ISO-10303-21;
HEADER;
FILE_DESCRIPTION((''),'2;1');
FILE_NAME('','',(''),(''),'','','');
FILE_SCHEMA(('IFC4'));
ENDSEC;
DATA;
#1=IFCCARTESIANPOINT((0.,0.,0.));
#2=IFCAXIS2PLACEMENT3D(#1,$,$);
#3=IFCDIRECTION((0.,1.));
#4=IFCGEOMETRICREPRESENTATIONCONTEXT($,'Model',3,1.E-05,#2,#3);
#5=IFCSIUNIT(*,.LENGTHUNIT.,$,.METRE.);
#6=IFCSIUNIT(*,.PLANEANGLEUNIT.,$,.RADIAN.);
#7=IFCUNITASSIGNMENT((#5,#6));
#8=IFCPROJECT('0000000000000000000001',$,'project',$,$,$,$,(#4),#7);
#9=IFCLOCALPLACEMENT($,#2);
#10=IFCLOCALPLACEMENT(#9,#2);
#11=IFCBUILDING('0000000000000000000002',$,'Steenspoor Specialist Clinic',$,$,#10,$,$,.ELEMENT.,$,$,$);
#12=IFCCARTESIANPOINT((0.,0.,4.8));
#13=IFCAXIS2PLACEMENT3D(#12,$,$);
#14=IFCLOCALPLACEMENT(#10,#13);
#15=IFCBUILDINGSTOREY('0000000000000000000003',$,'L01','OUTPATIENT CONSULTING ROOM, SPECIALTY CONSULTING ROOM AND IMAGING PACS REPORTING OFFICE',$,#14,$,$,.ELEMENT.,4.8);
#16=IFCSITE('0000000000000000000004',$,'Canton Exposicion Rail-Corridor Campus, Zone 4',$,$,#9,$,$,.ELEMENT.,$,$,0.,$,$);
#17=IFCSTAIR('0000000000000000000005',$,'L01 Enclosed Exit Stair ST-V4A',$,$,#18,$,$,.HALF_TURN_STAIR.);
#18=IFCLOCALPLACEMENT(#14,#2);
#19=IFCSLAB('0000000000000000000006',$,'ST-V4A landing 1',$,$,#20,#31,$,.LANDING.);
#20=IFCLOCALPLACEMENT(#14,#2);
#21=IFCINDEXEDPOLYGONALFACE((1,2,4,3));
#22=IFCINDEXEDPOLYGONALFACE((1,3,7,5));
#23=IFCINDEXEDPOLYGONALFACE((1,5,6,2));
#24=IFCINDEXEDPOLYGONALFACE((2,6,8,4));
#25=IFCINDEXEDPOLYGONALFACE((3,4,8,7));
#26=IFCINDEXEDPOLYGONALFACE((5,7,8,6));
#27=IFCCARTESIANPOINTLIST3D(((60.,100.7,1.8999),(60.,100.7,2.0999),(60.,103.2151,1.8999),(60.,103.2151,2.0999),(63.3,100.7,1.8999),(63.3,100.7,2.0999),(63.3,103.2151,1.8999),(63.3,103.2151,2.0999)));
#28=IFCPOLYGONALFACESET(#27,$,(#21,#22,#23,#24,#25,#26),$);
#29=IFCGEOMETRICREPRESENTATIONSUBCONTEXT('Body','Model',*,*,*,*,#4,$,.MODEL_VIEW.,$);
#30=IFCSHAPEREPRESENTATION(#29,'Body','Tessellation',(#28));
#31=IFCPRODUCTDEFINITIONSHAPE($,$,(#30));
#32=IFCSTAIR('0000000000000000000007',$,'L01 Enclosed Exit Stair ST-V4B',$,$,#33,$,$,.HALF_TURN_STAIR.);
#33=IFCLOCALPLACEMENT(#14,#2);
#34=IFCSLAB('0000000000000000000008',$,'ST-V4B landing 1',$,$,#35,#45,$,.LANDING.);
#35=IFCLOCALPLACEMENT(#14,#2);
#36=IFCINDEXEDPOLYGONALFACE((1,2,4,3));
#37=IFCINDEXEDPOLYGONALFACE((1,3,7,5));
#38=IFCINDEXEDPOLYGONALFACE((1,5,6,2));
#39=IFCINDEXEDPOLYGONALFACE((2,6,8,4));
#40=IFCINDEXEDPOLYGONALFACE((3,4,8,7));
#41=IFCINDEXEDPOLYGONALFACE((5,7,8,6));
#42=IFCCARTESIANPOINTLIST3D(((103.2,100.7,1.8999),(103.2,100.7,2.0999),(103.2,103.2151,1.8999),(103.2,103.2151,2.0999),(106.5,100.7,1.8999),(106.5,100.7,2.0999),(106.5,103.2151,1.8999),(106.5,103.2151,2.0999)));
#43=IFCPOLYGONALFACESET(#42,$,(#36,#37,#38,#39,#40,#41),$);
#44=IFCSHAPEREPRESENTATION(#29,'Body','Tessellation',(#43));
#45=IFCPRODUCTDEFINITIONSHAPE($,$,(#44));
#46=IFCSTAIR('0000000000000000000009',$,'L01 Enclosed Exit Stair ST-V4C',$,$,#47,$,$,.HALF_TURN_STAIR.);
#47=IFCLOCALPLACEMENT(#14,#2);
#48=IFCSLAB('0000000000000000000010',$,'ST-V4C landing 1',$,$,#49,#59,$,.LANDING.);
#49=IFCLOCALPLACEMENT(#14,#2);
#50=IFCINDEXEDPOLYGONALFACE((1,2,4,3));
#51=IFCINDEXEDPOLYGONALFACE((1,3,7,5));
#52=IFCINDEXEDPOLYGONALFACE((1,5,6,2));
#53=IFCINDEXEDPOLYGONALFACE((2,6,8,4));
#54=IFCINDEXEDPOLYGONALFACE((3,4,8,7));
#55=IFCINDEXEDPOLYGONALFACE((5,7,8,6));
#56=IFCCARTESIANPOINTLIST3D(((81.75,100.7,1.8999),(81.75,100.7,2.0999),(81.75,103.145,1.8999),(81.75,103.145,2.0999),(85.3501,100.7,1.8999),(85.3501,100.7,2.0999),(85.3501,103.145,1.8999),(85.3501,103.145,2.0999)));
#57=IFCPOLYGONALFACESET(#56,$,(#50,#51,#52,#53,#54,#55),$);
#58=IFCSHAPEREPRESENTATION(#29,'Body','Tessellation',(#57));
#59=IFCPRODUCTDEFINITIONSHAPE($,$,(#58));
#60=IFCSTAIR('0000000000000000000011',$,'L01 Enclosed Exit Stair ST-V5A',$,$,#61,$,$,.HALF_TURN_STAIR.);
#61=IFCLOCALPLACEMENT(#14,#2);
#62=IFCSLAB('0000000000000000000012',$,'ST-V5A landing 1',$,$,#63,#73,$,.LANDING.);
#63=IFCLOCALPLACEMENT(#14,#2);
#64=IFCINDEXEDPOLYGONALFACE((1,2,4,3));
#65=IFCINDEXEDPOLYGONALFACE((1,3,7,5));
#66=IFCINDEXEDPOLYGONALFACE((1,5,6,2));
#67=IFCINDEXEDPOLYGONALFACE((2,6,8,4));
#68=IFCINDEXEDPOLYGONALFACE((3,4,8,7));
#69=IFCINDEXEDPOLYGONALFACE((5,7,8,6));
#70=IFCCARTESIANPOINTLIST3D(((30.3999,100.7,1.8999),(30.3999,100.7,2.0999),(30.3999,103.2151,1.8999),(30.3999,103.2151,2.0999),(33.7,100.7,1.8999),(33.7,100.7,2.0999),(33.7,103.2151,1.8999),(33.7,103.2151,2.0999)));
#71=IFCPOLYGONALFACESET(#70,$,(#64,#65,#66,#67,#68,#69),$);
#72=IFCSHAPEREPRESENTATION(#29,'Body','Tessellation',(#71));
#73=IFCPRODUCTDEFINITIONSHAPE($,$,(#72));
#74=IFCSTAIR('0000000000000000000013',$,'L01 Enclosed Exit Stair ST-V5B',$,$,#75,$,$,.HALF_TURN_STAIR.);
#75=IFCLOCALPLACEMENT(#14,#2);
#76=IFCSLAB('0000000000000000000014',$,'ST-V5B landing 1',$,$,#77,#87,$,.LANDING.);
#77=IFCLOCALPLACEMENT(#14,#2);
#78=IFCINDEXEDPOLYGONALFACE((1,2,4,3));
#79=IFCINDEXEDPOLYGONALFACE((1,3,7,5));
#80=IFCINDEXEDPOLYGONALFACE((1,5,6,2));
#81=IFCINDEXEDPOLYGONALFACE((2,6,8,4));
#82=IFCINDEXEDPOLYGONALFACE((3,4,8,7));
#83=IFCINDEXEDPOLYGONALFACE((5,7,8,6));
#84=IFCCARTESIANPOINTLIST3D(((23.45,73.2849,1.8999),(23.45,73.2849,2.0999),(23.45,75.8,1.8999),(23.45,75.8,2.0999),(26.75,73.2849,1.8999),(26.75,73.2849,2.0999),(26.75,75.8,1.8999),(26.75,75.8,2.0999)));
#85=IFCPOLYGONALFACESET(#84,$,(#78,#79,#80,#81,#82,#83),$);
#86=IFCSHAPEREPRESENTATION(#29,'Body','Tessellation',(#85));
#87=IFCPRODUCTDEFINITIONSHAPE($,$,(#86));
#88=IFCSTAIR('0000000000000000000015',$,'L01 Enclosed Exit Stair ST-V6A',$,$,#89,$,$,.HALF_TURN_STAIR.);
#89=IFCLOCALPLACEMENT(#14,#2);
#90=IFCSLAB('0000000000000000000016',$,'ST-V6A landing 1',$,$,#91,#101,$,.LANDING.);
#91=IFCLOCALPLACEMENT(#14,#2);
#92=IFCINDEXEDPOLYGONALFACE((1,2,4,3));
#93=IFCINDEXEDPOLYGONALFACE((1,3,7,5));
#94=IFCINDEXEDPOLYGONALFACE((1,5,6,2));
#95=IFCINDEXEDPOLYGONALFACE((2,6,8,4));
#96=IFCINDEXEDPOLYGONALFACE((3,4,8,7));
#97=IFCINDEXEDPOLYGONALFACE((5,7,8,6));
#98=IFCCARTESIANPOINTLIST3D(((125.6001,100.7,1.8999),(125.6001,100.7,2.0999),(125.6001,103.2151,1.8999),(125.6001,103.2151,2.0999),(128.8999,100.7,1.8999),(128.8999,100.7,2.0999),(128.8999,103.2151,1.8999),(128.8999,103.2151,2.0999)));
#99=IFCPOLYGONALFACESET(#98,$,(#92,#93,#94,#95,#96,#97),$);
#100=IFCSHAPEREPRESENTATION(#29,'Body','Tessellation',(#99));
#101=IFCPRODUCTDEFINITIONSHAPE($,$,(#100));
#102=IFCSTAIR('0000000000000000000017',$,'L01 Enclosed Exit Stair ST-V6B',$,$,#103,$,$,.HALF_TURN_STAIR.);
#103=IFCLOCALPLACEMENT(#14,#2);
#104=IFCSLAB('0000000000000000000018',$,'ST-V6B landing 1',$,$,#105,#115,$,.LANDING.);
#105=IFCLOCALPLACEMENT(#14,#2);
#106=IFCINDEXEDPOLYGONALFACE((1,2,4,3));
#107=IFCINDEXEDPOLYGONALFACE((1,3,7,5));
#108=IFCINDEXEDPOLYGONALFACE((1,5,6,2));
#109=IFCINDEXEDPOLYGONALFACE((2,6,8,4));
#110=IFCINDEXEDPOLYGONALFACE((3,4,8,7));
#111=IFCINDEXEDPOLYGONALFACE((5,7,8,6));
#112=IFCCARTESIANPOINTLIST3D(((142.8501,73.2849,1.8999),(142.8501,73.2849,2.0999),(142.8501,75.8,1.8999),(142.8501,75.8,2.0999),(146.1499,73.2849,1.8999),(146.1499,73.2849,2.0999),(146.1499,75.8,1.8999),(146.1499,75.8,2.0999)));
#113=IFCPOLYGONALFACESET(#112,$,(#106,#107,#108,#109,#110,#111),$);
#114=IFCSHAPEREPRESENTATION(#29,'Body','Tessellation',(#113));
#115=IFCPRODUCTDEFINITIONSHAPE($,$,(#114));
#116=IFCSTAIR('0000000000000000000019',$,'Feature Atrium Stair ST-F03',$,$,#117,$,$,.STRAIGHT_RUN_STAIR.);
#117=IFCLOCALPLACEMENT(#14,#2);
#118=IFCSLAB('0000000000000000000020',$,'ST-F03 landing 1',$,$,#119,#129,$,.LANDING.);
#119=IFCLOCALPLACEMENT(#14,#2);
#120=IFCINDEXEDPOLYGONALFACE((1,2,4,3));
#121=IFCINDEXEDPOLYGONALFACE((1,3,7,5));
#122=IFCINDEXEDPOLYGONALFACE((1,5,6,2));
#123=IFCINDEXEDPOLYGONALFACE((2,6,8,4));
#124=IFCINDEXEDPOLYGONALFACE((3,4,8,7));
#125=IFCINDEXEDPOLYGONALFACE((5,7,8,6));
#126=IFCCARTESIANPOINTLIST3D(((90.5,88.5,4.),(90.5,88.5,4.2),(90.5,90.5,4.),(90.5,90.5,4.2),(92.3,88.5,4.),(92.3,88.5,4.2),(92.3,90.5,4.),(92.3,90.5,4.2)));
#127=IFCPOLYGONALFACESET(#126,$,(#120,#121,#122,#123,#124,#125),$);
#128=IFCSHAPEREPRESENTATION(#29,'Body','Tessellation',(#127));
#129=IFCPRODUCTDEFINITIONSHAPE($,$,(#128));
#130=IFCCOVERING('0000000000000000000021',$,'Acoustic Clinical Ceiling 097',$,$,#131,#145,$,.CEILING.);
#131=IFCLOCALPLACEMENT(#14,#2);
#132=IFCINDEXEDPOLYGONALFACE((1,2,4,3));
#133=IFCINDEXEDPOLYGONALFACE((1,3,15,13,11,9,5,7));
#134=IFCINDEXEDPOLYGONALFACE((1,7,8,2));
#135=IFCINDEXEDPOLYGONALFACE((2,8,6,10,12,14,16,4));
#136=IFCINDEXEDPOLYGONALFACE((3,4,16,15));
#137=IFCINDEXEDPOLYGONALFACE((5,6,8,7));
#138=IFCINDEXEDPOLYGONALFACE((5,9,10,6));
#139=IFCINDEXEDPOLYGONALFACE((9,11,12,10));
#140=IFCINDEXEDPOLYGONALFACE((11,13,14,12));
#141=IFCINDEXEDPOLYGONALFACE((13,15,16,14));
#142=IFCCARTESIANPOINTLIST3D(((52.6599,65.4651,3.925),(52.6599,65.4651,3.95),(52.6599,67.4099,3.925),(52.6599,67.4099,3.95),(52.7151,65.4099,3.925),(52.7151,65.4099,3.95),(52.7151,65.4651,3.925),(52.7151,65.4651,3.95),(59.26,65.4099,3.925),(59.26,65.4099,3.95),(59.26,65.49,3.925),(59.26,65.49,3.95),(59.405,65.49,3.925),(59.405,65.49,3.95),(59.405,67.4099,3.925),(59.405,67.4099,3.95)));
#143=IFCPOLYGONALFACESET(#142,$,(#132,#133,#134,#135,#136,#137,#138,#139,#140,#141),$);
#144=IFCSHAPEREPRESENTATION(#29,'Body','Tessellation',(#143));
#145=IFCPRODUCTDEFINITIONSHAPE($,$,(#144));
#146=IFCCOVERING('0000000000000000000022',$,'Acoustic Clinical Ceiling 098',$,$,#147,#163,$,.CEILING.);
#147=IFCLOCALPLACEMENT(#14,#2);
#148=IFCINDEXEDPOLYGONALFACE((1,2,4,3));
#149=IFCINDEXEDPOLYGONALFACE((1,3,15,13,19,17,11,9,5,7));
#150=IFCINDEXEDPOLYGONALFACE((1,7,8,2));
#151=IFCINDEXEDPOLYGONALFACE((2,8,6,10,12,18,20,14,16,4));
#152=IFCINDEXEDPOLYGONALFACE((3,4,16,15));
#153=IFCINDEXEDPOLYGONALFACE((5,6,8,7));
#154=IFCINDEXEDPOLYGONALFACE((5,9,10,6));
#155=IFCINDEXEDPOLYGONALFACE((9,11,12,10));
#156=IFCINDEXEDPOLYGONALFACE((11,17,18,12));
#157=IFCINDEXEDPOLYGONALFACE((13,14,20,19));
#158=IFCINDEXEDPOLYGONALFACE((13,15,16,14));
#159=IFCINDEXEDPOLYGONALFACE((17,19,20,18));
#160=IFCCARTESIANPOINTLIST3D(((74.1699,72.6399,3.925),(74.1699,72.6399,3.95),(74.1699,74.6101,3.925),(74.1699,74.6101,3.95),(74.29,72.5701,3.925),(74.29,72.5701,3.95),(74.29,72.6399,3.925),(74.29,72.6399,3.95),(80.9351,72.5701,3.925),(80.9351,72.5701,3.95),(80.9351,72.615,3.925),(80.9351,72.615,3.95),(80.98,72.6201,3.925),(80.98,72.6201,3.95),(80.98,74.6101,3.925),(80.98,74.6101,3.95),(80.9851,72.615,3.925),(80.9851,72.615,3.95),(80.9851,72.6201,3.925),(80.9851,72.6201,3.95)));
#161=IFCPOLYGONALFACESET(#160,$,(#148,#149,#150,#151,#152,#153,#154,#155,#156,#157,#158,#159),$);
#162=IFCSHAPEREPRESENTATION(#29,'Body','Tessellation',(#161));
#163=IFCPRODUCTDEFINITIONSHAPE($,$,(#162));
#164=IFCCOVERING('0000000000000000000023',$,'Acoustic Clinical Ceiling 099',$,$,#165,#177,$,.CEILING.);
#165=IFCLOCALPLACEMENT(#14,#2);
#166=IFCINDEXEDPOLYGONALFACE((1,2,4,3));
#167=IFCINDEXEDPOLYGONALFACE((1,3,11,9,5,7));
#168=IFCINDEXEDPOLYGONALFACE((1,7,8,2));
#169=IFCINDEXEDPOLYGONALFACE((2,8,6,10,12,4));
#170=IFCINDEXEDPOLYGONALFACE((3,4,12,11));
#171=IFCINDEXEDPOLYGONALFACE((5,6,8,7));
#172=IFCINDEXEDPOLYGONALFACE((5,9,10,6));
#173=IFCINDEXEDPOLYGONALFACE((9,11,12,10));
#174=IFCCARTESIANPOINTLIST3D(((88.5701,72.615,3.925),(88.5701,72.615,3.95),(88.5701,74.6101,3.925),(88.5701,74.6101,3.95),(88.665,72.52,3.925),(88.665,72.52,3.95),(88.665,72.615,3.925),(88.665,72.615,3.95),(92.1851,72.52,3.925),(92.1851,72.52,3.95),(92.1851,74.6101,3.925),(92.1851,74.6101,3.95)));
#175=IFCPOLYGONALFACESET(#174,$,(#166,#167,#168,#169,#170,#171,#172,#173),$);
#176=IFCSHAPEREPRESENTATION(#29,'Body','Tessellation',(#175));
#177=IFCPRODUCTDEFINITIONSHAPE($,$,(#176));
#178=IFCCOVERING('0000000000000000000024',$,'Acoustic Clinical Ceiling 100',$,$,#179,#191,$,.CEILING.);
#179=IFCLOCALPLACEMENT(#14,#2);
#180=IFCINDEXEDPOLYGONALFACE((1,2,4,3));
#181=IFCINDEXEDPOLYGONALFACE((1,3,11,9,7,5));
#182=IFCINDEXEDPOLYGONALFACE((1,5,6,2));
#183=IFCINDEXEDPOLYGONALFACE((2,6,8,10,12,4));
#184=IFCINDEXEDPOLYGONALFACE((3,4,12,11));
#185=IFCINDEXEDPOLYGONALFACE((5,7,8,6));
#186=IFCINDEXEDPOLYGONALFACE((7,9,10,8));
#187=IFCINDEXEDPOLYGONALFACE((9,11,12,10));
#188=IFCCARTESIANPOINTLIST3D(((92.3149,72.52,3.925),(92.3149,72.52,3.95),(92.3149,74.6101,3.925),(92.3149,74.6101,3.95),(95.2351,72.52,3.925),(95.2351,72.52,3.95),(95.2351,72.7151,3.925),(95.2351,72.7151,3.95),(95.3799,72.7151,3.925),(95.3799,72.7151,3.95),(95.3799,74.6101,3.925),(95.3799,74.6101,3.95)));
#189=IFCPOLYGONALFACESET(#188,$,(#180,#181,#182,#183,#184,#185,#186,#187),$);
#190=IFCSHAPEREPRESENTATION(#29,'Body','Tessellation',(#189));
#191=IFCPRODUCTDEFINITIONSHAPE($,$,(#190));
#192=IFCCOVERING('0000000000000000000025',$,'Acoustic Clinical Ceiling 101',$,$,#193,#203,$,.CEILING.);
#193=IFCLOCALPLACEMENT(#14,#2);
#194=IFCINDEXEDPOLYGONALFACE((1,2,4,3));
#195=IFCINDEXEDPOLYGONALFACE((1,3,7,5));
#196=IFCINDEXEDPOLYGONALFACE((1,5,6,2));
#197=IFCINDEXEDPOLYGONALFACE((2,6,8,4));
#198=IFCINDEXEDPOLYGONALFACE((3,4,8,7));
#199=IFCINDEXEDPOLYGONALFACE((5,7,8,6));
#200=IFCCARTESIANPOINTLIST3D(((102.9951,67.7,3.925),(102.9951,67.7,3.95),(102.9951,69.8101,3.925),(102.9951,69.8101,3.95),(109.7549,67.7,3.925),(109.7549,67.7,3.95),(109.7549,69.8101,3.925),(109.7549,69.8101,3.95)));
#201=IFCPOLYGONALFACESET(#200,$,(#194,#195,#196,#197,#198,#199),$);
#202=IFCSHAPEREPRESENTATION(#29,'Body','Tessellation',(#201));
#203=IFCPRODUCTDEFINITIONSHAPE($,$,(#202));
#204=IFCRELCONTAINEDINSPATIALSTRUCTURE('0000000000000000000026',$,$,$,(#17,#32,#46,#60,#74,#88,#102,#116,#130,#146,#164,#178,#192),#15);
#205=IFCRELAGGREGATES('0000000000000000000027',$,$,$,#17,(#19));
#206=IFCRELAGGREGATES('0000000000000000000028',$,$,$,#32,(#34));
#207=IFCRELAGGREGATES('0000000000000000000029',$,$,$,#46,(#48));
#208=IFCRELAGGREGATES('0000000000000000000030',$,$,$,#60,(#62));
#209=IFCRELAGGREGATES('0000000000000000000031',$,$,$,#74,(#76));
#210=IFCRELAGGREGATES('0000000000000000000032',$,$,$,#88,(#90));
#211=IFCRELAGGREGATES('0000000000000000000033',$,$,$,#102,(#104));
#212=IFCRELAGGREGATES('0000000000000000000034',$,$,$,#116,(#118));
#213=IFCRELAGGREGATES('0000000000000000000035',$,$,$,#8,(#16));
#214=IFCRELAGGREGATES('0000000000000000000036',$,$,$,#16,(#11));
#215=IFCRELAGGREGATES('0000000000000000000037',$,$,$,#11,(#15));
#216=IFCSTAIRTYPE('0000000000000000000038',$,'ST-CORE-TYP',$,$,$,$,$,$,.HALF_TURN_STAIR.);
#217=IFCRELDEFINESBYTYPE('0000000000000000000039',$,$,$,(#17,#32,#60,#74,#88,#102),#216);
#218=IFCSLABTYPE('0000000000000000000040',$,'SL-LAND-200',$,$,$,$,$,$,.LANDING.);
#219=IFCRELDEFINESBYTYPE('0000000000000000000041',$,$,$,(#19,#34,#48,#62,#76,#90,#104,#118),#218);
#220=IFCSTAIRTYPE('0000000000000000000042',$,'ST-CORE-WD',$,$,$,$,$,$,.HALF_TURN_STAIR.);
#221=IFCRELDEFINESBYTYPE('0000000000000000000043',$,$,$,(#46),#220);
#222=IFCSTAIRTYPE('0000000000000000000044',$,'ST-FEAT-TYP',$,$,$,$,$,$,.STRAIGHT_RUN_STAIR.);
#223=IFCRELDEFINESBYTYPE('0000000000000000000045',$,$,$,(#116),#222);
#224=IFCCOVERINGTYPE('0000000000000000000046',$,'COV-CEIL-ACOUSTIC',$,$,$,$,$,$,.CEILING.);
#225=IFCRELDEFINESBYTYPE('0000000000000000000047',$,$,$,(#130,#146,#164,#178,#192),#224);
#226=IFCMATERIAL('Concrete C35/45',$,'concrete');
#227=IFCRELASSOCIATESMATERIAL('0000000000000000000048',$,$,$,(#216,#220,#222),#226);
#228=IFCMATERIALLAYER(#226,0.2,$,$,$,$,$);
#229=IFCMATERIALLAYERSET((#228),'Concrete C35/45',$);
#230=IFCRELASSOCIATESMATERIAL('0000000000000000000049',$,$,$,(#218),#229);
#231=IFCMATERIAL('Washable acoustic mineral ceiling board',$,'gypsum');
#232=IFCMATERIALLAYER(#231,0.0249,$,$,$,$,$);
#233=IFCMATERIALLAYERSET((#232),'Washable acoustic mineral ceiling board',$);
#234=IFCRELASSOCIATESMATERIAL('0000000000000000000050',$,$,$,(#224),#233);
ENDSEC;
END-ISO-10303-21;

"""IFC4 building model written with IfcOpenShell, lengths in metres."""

from ifc_helpers import new_model, si_unit, direction, frame, origin, place, context, subcontext, project, spatial, polyline, outline, extrude, material, layer, layer_set, type_object, element, aggregate, save


model = new_model("IFC4")

# Units and contexts
model_context = context("Model", 3, precision=1e-05, world=origin(), true_north=direction((0.0, 1.0)))
body_context = subcontext(model_context, "Body", "Model", "MODEL_VIEW")
ifc_project = project(units=[si_unit("LENGTHUNIT", "METRE"), si_unit("PLANEANGLEUNIT", "RADIAN")], contexts=[model_context])

# Site, building, storey
site_placement = place(None, origin())
site = spatial("IfcSite", under=ifc_project, at=site_placement, Name="Canton Exposicion Rail-Corridor Campus, Zone 4", CompositionType="ELEMENT", RefElevation=0.0)
building_placement = place(site_placement, origin())
building = spatial("IfcBuilding", under=site, at=building_placement, Name="Steenspoor Specialist Clinic", CompositionType="ELEMENT")
storey_placement = place(building_placement, frame((0.0, 0.0, 4.8)))
storey = spatial("IfcBuildingStorey", under=building, at=storey_placement, Name="L01", Description="OUTPATIENT CONSULTING ROOM, SPECIALTY CONSULTING ROOM AND IMAGING PACS REPORTING OFFICE", CompositionType="ELEMENT", Elevation=4.8)

# Stairs, slabs
ifc_material_1 = material(Name="Concrete C35/45", Category="concrete")
stair_type_1 = type_object("IfcStairType", Name="ST-CORE-TYP", PredefinedType="HALF_TURN_STAIR", material=ifc_material_1)
stair_1_placement = place(storey_placement, origin())
stair_1 = element("IfcStair", 1, at=stair_1_placement, inside=storey, type_object=stair_type_1, Name="L01 Enclosed Exit Stair ST-V4A", PredefinedType="HALF_TURN_STAIR")
ifc_layer_1 = layer(ifc_material_1, 0.2)
ifc_layer_set_1 = layer_set([ifc_layer_1], Name="Concrete C35/45")
slab_type = type_object("IfcSlabType", Name="SL-LAND-200", PredefinedType="LANDING", material=ifc_layer_set_1)
slab_1_placement = place(storey_placement, frame((0.0, 0.0, 1.8999)))
slab_1 = element("IfcSlab", 2, at=slab_1_placement, type_object=slab_type, Name="ST-V4A landing 1", PredefinedType="LANDING", context=body_context, shape_type="SweptSolid", body=[
    extrude(outline(polyline([(60.0, 103.2151), (60.0, 100.7), (63.3, 100.7), (63.3, 103.2151), (60.0, 103.2151)])), origin(), (0.0, 0.0, 1.0), 0.2),
])
aggregate(stair_1, [slab_1])
stair_2_placement = place(storey_placement, origin())
stair_2 = element("IfcStair", 3, at=stair_2_placement, inside=storey, type_object=stair_type_1, Name="L01 Enclosed Exit Stair ST-V4B", PredefinedType="HALF_TURN_STAIR")
slab_2_placement = place(storey_placement, frame((0.0, 0.0, 1.8999)))
slab_2 = element("IfcSlab", 4, at=slab_2_placement, type_object=slab_type, Name="ST-V4B landing 1", PredefinedType="LANDING", context=body_context, shape_type="SweptSolid", body=[
    extrude(outline(polyline([(103.2, 103.2151), (103.2, 100.7), (106.5, 100.7), (106.5, 103.2151), (103.2, 103.2151)])), origin(), (0.0, 0.0, 1.0), 0.2),
])
aggregate(stair_2, [slab_2])
stair_type_2 = type_object("IfcStairType", Name="ST-CORE-WD", PredefinedType="HALF_TURN_STAIR", material=ifc_material_1)
stair_3_placement = place(storey_placement, origin())
stair_3 = element("IfcStair", 5, at=stair_3_placement, inside=storey, type_object=stair_type_2, Name="L01 Enclosed Exit Stair ST-V4C", PredefinedType="HALF_TURN_STAIR")
slab_3_placement = place(storey_placement, frame((0.0, 0.0, 1.8999)))
slab_3 = element("IfcSlab", 6, at=slab_3_placement, type_object=slab_type, Name="ST-V4C landing 1", PredefinedType="LANDING", context=body_context, shape_type="SweptSolid", body=[
    extrude(outline(polyline([(81.75, 103.145), (81.75, 100.7), (85.3501, 100.7), (85.3501, 103.145), (81.75, 103.145)])), origin(), (0.0, 0.0, 1.0), 0.2),
])
aggregate(stair_3, [slab_3])
stair_4_placement = place(storey_placement, origin())
stair_4 = element("IfcStair", 7, at=stair_4_placement, inside=storey, type_object=stair_type_1, Name="L01 Enclosed Exit Stair ST-V5A", PredefinedType="HALF_TURN_STAIR")
slab_4_placement = place(storey_placement, frame((0.0, 0.0, 1.8999)))
slab_4 = element("IfcSlab", 8, at=slab_4_placement, type_object=slab_type, Name="ST-V5A landing 1", PredefinedType="LANDING", context=body_context, shape_type="SweptSolid", body=[
    extrude(outline(polyline([(30.3999, 103.2151), (30.3999, 100.7), (33.7, 100.7), (33.7, 103.2151), (30.3999, 103.2151)])), origin(), (0.0, 0.0, 1.0), 0.2),
])
aggregate(stair_4, [slab_4])
stair_5_placement = place(storey_placement, origin())
stair_5 = element("IfcStair", 9, at=stair_5_placement, inside=storey, type_object=stair_type_1, Name="L01 Enclosed Exit Stair ST-V5B", PredefinedType="HALF_TURN_STAIR")
slab_5_placement = place(storey_placement, frame((0.0, 0.0, 1.8999)))
slab_5 = element("IfcSlab", 10, at=slab_5_placement, type_object=slab_type, Name="ST-V5B landing 1", PredefinedType="LANDING", context=body_context, shape_type="SweptSolid", body=[
    extrude(outline(polyline([(26.75, 73.2849), (26.75, 75.8), (23.45, 75.8), (23.45, 73.2849), (26.75, 73.2849)])), origin(), (0.0, 0.0, 1.0), 0.2),
])
aggregate(stair_5, [slab_5])
stair_6_placement = place(storey_placement, origin())
stair_6 = element("IfcStair", 11, at=stair_6_placement, inside=storey, type_object=stair_type_1, Name="L01 Enclosed Exit Stair ST-V6A", PredefinedType="HALF_TURN_STAIR")
slab_6_placement = place(storey_placement, frame((0.0, 0.0, 1.8999)))
slab_6 = element("IfcSlab", 12, at=slab_6_placement, type_object=slab_type, Name="ST-V6A landing 1", PredefinedType="LANDING", context=body_context, shape_type="SweptSolid", body=[
    extrude(outline(polyline([(125.6001, 103.2151), (125.6001, 100.7), (128.8999, 100.7), (128.8999, 103.2151), (125.6001, 103.2151)])), origin(), (0.0, 0.0, 1.0), 0.2),
])
aggregate(stair_6, [slab_6])
stair_7_placement = place(storey_placement, origin())
stair_7 = element("IfcStair", 13, at=stair_7_placement, inside=storey, type_object=stair_type_1, Name="L01 Enclosed Exit Stair ST-V6B", PredefinedType="HALF_TURN_STAIR")
slab_7_placement = place(storey_placement, frame((0.0, 0.0, 1.8999)))
slab_7 = element("IfcSlab", 14, at=slab_7_placement, type_object=slab_type, Name="ST-V6B landing 1", PredefinedType="LANDING", context=body_context, shape_type="SweptSolid", body=[
    extrude(outline(polyline([(146.1499, 73.2849), (146.1499, 75.8), (142.8501, 75.8), (142.8501, 73.2849), (146.1499, 73.2849)])), origin(), (0.0, 0.0, 1.0), 0.2),
])
aggregate(stair_7, [slab_7])
stair_type_3 = type_object("IfcStairType", Name="ST-FEAT-TYP", PredefinedType="STRAIGHT_RUN_STAIR", material=ifc_material_1)
stair_8_placement = place(storey_placement, origin())
stair_8 = element("IfcStair", 15, at=stair_8_placement, inside=storey, type_object=stair_type_3, Name="Feature Atrium Stair ST-F03", PredefinedType="STRAIGHT_RUN_STAIR")
slab_8_placement = place(storey_placement, frame((0.0, 0.0, 4.0)))
slab_8 = element("IfcSlab", 16, at=slab_8_placement, type_object=slab_type, Name="ST-F03 landing 1", PredefinedType="LANDING", context=body_context, shape_type="SweptSolid", body=[
    extrude(outline(polyline([(90.5, 88.5), (92.3, 88.5), (92.3, 90.5), (90.5, 90.5), (90.5, 88.5)])), origin(), (0.0, 0.0, 1.0), 0.2),
])
aggregate(stair_8, [slab_8])

# Coverings
ifc_material_2 = material(Name="Washable acoustic mineral ceiling board", Category="gypsum")
ifc_layer_2 = layer(ifc_material_2, 0.0249)
ifc_layer_set_2 = layer_set([ifc_layer_2], Name="Washable acoustic mineral ceiling board")
covering_type_1 = type_object("IfcCoveringType", Name="COV-CEIL-ACOUSTIC", PredefinedType="CEILING", material=ifc_layer_set_2)
covering_1_placement = place(storey_placement, frame((0.0, 0.0, 3.925)))
element("IfcCovering", 17, at=covering_1_placement, inside=storey, type_object=covering_type_1, Name="Acoustic Clinical Ceiling 097", PredefinedType="CEILING", context=body_context, shape_type="SweptSolid", body=[
    extrude(outline(polyline([(52.7151, 65.4099), (52.7151, 65.4651), (52.6599, 65.4651), (52.6599, 67.4099), (59.405, 67.4099), (59.405, 65.49), (59.26, 65.49), (59.26, 65.4099), (52.7151, 65.4099)])), origin(), (0.0, 0.0, 1.0), 0.0249),
])
covering_2_placement = place(storey_placement, frame((0.0, 0.0, 3.925)))
element("IfcCovering", 18, at=covering_2_placement, inside=storey, type_object=covering_type_1, Name="Acoustic Clinical Ceiling 098", PredefinedType="CEILING", context=body_context, shape_type="SweptSolid", body=[
    extrude(outline(polyline([(80.9351, 72.615), (80.9351, 72.5701), (74.29, 72.5701), (74.29, 72.6399), (74.1699, 72.6399), (74.1699, 74.6101), (80.98, 74.6101), (80.98, 72.6201), (80.9851, 72.6201), (80.9851, 72.615), (80.9351, 72.615)])), origin(), (0.0, 0.0, 1.0), 0.0249),
])
covering_3_placement = place(storey_placement, frame((0.0, 0.0, 3.925)))
element("IfcCovering", 19, at=covering_3_placement, inside=storey, type_object=covering_type_1, Name="Acoustic Clinical Ceiling 099", PredefinedType="CEILING", context=body_context, shape_type="SweptSolid", body=[
    extrude(outline(polyline([(88.665, 72.615), (88.5701, 72.615), (88.5701, 74.6101), (92.1851, 74.6101), (92.1851, 72.52), (88.665, 72.52), (88.665, 72.615)])), origin(), (0.0, 0.0, 1.0), 0.0249),
])
covering_4_placement = place(storey_placement, frame((0.0, 0.0, 3.925)))
element("IfcCovering", 20, at=covering_4_placement, inside=storey, type_object=covering_type_1, Name="Acoustic Clinical Ceiling 100", PredefinedType="CEILING", context=body_context, shape_type="SweptSolid", body=[
    extrude(outline(polyline([(92.3149, 74.6101), (95.3799, 74.6101), (95.3799, 72.7151), (95.2351, 72.7151), (95.2351, 72.52), (92.3149, 72.52), (92.3149, 74.6101)])), origin(), (0.0, 0.0, 1.0), 0.0249),
])
covering_5_placement = place(storey_placement, frame((0.0, 0.0, 3.925)))
element("IfcCovering", 21, at=covering_5_placement, inside=storey, type_object=covering_type_1, Name="Acoustic Clinical Ceiling 101", PredefinedType="CEILING", context=body_context, shape_type="SweptSolid", body=[
    extrude(outline(polyline([(102.9951, 69.8101), (109.7549, 69.8101), (109.7549, 67.7), (102.9951, 67.7), (102.9951, 69.8101)])), origin(), (0.0, 0.0, 1.0), 0.0249),
])

save(model, "model.ifc")
